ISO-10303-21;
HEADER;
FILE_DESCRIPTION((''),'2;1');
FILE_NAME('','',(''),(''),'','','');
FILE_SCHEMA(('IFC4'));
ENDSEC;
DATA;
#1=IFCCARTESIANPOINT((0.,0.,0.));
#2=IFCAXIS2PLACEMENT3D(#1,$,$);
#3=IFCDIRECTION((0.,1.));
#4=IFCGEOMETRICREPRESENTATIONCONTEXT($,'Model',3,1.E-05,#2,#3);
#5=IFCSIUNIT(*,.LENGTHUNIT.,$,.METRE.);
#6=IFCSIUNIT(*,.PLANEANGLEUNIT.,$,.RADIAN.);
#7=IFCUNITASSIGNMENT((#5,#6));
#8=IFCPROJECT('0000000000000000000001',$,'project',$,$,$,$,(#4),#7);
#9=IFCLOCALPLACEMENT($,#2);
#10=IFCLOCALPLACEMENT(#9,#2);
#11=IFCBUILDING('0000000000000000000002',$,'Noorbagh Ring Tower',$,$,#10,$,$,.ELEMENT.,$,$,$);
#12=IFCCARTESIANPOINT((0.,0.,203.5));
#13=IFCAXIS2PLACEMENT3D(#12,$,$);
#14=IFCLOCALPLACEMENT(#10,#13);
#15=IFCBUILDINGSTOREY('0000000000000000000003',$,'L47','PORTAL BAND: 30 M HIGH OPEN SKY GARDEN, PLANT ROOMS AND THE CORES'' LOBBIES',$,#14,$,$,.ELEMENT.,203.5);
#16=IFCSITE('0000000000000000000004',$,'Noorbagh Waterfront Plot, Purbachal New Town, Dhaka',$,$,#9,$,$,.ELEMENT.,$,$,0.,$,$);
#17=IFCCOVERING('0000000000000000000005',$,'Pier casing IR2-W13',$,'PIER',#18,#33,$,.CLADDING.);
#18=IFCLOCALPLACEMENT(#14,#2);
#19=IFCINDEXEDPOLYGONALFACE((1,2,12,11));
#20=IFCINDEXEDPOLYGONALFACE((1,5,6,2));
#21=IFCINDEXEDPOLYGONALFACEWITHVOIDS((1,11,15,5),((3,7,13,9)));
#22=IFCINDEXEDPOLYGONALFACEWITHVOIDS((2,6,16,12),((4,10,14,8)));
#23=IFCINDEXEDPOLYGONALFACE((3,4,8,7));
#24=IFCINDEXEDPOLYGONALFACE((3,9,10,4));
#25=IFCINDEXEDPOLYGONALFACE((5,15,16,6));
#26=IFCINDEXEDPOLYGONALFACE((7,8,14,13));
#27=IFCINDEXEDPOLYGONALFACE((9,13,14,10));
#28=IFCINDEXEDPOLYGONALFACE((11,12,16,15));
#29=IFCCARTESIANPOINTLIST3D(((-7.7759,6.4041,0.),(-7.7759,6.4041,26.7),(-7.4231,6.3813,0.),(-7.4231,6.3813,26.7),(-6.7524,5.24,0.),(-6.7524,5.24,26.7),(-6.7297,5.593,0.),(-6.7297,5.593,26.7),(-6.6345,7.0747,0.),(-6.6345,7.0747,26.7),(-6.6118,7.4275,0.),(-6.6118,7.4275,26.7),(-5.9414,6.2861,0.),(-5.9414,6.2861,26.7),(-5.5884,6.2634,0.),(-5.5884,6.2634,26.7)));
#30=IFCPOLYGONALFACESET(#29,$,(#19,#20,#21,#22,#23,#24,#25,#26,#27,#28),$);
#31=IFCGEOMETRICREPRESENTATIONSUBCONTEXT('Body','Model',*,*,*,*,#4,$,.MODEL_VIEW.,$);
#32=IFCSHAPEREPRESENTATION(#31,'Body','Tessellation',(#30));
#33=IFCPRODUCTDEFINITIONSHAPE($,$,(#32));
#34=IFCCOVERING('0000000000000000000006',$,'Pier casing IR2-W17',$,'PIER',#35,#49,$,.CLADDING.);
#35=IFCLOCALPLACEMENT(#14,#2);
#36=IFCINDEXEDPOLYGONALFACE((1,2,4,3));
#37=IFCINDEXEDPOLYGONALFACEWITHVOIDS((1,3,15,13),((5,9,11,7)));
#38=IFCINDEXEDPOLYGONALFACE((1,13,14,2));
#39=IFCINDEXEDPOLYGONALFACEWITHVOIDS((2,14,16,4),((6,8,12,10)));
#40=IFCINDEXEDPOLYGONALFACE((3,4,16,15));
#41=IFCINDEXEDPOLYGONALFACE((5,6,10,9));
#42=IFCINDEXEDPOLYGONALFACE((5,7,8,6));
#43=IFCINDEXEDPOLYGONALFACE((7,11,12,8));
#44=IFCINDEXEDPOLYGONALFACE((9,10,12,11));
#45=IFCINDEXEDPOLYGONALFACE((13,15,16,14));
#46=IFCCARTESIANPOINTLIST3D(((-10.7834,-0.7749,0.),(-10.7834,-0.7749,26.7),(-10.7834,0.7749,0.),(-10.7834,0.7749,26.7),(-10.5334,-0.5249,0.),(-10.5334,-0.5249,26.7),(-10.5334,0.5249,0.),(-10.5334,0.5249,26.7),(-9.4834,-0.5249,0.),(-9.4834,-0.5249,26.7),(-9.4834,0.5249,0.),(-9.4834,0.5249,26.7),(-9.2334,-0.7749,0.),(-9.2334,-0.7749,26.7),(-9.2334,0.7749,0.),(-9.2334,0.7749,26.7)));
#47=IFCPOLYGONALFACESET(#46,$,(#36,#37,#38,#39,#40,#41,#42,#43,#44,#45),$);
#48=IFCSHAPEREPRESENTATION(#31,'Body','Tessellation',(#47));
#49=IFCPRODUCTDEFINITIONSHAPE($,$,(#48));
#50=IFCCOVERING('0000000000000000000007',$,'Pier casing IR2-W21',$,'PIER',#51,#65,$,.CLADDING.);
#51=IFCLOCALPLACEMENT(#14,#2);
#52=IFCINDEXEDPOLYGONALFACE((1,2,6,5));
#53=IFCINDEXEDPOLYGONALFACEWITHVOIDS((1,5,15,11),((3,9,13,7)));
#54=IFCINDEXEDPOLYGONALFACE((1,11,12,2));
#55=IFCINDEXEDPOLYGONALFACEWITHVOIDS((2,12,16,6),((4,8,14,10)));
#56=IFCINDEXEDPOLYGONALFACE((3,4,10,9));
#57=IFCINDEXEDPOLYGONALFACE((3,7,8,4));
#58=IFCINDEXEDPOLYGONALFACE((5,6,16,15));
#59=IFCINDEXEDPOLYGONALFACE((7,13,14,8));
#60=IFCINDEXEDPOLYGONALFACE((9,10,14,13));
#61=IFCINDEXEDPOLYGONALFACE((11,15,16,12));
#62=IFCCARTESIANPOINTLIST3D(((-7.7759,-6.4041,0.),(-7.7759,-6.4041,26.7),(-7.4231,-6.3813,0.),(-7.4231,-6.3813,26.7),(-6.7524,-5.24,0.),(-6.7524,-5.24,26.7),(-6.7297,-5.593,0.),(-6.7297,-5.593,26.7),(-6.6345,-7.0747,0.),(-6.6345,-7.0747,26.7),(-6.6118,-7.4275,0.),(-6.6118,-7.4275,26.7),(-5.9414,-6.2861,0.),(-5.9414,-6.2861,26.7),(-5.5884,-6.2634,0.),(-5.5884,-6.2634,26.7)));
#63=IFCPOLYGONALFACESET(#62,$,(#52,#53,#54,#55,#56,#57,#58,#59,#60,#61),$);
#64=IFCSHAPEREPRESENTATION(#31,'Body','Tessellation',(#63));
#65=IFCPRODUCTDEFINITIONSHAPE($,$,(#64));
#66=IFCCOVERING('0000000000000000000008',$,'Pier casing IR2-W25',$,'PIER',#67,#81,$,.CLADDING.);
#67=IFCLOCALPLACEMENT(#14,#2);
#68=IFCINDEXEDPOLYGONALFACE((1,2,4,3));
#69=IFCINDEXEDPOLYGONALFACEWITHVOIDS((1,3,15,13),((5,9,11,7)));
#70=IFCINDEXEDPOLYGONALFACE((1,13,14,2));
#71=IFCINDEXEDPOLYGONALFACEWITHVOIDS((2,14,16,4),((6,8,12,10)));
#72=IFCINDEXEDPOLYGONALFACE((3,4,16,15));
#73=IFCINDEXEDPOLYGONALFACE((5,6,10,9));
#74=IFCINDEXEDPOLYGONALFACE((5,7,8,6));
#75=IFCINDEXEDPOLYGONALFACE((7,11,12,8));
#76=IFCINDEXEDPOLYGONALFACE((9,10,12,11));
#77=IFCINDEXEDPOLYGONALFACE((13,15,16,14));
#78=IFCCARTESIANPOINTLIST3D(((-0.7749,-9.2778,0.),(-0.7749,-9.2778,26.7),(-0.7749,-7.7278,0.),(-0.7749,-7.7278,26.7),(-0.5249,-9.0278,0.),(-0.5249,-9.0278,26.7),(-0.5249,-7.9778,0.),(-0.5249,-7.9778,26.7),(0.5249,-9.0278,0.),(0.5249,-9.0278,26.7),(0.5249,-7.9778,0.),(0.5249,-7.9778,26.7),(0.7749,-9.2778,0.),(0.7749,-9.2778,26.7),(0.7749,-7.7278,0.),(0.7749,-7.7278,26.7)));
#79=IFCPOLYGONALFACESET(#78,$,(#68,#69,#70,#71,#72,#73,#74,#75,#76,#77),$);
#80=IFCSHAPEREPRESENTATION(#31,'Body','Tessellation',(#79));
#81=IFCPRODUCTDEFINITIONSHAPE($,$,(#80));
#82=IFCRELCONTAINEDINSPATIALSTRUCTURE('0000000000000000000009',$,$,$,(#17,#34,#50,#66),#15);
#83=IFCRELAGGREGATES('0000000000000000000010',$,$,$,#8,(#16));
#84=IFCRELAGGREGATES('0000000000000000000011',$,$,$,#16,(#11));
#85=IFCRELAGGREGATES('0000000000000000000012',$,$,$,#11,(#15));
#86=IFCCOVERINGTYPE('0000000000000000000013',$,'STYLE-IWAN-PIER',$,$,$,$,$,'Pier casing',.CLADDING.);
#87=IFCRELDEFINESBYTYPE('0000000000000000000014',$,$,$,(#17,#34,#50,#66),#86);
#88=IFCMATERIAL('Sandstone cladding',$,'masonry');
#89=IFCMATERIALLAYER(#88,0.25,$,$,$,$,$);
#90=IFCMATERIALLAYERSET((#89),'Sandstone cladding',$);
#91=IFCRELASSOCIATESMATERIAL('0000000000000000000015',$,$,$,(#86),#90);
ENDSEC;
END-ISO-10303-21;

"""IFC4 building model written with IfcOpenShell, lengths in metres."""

from ifc_helpers import new_model, si_unit, direction, frame, origin, place, context, subcontext, project, spatial, polyline, outline, extrude, material, layer, layer_set, type_object, element, save


model = new_model("IFC4")

# Units and contexts
model_context = context("Model", 3, precision=1e-05, world=origin(), true_north=direction((0.0, 1.0)))
body_context = subcontext(model_context, "Body", "Model", "MODEL_VIEW")
ifc_project = project(units=[si_unit("LENGTHUNIT", "METRE"), si_unit("PLANEANGLEUNIT", "RADIAN")], contexts=[model_context])

# Site, building, storey
site_placement = place(None, origin())
site = spatial("IfcSite", under=ifc_project, at=site_placement, Name="Noorbagh Waterfront Plot, Purbachal New Town, Dhaka", CompositionType="ELEMENT", RefElevation=0.0)
building_placement = place(site_placement, origin())
building = spatial("IfcBuilding", under=site, at=building_placement, Name="Noorbagh Ring Tower", CompositionType="ELEMENT")
storey_placement = place(building_placement, frame((0.0, 0.0, 203.5)))
storey = spatial("IfcBuildingStorey", under=building, at=storey_placement, Name="L47", Description="PORTAL BAND: 30 M HIGH OPEN SKY GARDEN, PLANT ROOMS AND THE CORES' LOBBIES", CompositionType="ELEMENT", Elevation=203.5)

# Coverings
ifc_material = material(Name="Sandstone cladding", Category="masonry")
ifc_layer = layer(ifc_material, 0.25)
ifc_layer_set = layer_set([ifc_layer], Name="Sandstone cladding")
covering_type = type_object("IfcCoveringType", Name="STYLE-IWAN-PIER", ElementType="Pier casing", PredefinedType="CLADDING", material=ifc_layer_set)
covering_1_placement = place(storey_placement, origin())
element("IfcCovering", 1, at=covering_1_placement, inside=storey, type_object=covering_type, Name="Pier casing IR2-W13", ObjectType="PIER", PredefinedType="CLADDING", context=body_context, shape_type="SweptSolid", body=[
    extrude(outline(polyline([(-6.6118, 7.4275), (-5.5884, 6.2634), (-6.7524, 5.24), (-7.7759, 6.4041), (-6.6118, 7.4275)]), holes=[polyline([(-6.6345, 7.0747), (-7.4231, 6.3813), (-6.7297, 5.593), (-5.9414, 6.2861), (-6.6345, 7.0747)])]), origin(), (0.0, 0.0, 1.0), 26.7),
])
covering_2_placement = place(storey_placement, origin())
element("IfcCovering", 2, at=covering_2_placement, inside=storey, type_object=covering_type, Name="Pier casing IR2-W17", ObjectType="PIER", PredefinedType="CLADDING", context=body_context, shape_type="SweptSolid", body=[
    extrude(outline(polyline([(-10.7834, 0.7749), (-9.2334, 0.7749), (-9.2334, -0.7749), (-10.7834, -0.7749), (-10.7834, 0.7749)]), holes=[polyline([(-10.5334, 0.5249), (-10.5334, -0.5249), (-9.4834, -0.5249), (-9.4834, 0.5249), (-10.5334, 0.5249)])]), origin(), (0.0, 0.0, 1.0), 26.7),
])
covering_3_placement = place(storey_placement, origin())
element("IfcCovering", 3, at=covering_3_placement, inside=storey, type_object=covering_type, Name="Pier casing IR2-W21", ObjectType="PIER", PredefinedType="CLADDING", context=body_context, shape_type="SweptSolid", body=[
    extrude(outline(polyline([(-7.7759, -6.4041), (-6.7524, -5.24), (-5.5884, -6.2634), (-6.6118, -7.4275), (-7.7759, -6.4041)]), holes=[polyline([(-7.4231, -6.3813), (-6.6345, -7.0747), (-5.9414, -6.2861), (-6.7297, -5.593), (-7.4231, -6.3813)])]), origin(), (0.0, 0.0, 1.0), 26.7),
])
covering_4_placement = place(storey_placement, origin())
element("IfcCovering", 4, at=covering_4_placement, inside=storey, type_object=covering_type, Name="Pier casing IR2-W25", ObjectType="PIER", PredefinedType="CLADDING", context=body_context, shape_type="SweptSolid", body=[
    extrude(outline(polyline([(-0.7749, -9.2778), (-0.7749, -7.7278), (0.7749, -7.7278), (0.7749, -9.2778), (-0.7749, -9.2778)]), holes=[polyline([(-0.5249, -9.0278), (0.5249, -9.0278), (0.5249, -7.9778), (-0.5249, -7.9778), (-0.5249, -9.0278)])]), origin(), (0.0, 0.0, 1.0), 26.7),
])

save(model, "model.ifc")
